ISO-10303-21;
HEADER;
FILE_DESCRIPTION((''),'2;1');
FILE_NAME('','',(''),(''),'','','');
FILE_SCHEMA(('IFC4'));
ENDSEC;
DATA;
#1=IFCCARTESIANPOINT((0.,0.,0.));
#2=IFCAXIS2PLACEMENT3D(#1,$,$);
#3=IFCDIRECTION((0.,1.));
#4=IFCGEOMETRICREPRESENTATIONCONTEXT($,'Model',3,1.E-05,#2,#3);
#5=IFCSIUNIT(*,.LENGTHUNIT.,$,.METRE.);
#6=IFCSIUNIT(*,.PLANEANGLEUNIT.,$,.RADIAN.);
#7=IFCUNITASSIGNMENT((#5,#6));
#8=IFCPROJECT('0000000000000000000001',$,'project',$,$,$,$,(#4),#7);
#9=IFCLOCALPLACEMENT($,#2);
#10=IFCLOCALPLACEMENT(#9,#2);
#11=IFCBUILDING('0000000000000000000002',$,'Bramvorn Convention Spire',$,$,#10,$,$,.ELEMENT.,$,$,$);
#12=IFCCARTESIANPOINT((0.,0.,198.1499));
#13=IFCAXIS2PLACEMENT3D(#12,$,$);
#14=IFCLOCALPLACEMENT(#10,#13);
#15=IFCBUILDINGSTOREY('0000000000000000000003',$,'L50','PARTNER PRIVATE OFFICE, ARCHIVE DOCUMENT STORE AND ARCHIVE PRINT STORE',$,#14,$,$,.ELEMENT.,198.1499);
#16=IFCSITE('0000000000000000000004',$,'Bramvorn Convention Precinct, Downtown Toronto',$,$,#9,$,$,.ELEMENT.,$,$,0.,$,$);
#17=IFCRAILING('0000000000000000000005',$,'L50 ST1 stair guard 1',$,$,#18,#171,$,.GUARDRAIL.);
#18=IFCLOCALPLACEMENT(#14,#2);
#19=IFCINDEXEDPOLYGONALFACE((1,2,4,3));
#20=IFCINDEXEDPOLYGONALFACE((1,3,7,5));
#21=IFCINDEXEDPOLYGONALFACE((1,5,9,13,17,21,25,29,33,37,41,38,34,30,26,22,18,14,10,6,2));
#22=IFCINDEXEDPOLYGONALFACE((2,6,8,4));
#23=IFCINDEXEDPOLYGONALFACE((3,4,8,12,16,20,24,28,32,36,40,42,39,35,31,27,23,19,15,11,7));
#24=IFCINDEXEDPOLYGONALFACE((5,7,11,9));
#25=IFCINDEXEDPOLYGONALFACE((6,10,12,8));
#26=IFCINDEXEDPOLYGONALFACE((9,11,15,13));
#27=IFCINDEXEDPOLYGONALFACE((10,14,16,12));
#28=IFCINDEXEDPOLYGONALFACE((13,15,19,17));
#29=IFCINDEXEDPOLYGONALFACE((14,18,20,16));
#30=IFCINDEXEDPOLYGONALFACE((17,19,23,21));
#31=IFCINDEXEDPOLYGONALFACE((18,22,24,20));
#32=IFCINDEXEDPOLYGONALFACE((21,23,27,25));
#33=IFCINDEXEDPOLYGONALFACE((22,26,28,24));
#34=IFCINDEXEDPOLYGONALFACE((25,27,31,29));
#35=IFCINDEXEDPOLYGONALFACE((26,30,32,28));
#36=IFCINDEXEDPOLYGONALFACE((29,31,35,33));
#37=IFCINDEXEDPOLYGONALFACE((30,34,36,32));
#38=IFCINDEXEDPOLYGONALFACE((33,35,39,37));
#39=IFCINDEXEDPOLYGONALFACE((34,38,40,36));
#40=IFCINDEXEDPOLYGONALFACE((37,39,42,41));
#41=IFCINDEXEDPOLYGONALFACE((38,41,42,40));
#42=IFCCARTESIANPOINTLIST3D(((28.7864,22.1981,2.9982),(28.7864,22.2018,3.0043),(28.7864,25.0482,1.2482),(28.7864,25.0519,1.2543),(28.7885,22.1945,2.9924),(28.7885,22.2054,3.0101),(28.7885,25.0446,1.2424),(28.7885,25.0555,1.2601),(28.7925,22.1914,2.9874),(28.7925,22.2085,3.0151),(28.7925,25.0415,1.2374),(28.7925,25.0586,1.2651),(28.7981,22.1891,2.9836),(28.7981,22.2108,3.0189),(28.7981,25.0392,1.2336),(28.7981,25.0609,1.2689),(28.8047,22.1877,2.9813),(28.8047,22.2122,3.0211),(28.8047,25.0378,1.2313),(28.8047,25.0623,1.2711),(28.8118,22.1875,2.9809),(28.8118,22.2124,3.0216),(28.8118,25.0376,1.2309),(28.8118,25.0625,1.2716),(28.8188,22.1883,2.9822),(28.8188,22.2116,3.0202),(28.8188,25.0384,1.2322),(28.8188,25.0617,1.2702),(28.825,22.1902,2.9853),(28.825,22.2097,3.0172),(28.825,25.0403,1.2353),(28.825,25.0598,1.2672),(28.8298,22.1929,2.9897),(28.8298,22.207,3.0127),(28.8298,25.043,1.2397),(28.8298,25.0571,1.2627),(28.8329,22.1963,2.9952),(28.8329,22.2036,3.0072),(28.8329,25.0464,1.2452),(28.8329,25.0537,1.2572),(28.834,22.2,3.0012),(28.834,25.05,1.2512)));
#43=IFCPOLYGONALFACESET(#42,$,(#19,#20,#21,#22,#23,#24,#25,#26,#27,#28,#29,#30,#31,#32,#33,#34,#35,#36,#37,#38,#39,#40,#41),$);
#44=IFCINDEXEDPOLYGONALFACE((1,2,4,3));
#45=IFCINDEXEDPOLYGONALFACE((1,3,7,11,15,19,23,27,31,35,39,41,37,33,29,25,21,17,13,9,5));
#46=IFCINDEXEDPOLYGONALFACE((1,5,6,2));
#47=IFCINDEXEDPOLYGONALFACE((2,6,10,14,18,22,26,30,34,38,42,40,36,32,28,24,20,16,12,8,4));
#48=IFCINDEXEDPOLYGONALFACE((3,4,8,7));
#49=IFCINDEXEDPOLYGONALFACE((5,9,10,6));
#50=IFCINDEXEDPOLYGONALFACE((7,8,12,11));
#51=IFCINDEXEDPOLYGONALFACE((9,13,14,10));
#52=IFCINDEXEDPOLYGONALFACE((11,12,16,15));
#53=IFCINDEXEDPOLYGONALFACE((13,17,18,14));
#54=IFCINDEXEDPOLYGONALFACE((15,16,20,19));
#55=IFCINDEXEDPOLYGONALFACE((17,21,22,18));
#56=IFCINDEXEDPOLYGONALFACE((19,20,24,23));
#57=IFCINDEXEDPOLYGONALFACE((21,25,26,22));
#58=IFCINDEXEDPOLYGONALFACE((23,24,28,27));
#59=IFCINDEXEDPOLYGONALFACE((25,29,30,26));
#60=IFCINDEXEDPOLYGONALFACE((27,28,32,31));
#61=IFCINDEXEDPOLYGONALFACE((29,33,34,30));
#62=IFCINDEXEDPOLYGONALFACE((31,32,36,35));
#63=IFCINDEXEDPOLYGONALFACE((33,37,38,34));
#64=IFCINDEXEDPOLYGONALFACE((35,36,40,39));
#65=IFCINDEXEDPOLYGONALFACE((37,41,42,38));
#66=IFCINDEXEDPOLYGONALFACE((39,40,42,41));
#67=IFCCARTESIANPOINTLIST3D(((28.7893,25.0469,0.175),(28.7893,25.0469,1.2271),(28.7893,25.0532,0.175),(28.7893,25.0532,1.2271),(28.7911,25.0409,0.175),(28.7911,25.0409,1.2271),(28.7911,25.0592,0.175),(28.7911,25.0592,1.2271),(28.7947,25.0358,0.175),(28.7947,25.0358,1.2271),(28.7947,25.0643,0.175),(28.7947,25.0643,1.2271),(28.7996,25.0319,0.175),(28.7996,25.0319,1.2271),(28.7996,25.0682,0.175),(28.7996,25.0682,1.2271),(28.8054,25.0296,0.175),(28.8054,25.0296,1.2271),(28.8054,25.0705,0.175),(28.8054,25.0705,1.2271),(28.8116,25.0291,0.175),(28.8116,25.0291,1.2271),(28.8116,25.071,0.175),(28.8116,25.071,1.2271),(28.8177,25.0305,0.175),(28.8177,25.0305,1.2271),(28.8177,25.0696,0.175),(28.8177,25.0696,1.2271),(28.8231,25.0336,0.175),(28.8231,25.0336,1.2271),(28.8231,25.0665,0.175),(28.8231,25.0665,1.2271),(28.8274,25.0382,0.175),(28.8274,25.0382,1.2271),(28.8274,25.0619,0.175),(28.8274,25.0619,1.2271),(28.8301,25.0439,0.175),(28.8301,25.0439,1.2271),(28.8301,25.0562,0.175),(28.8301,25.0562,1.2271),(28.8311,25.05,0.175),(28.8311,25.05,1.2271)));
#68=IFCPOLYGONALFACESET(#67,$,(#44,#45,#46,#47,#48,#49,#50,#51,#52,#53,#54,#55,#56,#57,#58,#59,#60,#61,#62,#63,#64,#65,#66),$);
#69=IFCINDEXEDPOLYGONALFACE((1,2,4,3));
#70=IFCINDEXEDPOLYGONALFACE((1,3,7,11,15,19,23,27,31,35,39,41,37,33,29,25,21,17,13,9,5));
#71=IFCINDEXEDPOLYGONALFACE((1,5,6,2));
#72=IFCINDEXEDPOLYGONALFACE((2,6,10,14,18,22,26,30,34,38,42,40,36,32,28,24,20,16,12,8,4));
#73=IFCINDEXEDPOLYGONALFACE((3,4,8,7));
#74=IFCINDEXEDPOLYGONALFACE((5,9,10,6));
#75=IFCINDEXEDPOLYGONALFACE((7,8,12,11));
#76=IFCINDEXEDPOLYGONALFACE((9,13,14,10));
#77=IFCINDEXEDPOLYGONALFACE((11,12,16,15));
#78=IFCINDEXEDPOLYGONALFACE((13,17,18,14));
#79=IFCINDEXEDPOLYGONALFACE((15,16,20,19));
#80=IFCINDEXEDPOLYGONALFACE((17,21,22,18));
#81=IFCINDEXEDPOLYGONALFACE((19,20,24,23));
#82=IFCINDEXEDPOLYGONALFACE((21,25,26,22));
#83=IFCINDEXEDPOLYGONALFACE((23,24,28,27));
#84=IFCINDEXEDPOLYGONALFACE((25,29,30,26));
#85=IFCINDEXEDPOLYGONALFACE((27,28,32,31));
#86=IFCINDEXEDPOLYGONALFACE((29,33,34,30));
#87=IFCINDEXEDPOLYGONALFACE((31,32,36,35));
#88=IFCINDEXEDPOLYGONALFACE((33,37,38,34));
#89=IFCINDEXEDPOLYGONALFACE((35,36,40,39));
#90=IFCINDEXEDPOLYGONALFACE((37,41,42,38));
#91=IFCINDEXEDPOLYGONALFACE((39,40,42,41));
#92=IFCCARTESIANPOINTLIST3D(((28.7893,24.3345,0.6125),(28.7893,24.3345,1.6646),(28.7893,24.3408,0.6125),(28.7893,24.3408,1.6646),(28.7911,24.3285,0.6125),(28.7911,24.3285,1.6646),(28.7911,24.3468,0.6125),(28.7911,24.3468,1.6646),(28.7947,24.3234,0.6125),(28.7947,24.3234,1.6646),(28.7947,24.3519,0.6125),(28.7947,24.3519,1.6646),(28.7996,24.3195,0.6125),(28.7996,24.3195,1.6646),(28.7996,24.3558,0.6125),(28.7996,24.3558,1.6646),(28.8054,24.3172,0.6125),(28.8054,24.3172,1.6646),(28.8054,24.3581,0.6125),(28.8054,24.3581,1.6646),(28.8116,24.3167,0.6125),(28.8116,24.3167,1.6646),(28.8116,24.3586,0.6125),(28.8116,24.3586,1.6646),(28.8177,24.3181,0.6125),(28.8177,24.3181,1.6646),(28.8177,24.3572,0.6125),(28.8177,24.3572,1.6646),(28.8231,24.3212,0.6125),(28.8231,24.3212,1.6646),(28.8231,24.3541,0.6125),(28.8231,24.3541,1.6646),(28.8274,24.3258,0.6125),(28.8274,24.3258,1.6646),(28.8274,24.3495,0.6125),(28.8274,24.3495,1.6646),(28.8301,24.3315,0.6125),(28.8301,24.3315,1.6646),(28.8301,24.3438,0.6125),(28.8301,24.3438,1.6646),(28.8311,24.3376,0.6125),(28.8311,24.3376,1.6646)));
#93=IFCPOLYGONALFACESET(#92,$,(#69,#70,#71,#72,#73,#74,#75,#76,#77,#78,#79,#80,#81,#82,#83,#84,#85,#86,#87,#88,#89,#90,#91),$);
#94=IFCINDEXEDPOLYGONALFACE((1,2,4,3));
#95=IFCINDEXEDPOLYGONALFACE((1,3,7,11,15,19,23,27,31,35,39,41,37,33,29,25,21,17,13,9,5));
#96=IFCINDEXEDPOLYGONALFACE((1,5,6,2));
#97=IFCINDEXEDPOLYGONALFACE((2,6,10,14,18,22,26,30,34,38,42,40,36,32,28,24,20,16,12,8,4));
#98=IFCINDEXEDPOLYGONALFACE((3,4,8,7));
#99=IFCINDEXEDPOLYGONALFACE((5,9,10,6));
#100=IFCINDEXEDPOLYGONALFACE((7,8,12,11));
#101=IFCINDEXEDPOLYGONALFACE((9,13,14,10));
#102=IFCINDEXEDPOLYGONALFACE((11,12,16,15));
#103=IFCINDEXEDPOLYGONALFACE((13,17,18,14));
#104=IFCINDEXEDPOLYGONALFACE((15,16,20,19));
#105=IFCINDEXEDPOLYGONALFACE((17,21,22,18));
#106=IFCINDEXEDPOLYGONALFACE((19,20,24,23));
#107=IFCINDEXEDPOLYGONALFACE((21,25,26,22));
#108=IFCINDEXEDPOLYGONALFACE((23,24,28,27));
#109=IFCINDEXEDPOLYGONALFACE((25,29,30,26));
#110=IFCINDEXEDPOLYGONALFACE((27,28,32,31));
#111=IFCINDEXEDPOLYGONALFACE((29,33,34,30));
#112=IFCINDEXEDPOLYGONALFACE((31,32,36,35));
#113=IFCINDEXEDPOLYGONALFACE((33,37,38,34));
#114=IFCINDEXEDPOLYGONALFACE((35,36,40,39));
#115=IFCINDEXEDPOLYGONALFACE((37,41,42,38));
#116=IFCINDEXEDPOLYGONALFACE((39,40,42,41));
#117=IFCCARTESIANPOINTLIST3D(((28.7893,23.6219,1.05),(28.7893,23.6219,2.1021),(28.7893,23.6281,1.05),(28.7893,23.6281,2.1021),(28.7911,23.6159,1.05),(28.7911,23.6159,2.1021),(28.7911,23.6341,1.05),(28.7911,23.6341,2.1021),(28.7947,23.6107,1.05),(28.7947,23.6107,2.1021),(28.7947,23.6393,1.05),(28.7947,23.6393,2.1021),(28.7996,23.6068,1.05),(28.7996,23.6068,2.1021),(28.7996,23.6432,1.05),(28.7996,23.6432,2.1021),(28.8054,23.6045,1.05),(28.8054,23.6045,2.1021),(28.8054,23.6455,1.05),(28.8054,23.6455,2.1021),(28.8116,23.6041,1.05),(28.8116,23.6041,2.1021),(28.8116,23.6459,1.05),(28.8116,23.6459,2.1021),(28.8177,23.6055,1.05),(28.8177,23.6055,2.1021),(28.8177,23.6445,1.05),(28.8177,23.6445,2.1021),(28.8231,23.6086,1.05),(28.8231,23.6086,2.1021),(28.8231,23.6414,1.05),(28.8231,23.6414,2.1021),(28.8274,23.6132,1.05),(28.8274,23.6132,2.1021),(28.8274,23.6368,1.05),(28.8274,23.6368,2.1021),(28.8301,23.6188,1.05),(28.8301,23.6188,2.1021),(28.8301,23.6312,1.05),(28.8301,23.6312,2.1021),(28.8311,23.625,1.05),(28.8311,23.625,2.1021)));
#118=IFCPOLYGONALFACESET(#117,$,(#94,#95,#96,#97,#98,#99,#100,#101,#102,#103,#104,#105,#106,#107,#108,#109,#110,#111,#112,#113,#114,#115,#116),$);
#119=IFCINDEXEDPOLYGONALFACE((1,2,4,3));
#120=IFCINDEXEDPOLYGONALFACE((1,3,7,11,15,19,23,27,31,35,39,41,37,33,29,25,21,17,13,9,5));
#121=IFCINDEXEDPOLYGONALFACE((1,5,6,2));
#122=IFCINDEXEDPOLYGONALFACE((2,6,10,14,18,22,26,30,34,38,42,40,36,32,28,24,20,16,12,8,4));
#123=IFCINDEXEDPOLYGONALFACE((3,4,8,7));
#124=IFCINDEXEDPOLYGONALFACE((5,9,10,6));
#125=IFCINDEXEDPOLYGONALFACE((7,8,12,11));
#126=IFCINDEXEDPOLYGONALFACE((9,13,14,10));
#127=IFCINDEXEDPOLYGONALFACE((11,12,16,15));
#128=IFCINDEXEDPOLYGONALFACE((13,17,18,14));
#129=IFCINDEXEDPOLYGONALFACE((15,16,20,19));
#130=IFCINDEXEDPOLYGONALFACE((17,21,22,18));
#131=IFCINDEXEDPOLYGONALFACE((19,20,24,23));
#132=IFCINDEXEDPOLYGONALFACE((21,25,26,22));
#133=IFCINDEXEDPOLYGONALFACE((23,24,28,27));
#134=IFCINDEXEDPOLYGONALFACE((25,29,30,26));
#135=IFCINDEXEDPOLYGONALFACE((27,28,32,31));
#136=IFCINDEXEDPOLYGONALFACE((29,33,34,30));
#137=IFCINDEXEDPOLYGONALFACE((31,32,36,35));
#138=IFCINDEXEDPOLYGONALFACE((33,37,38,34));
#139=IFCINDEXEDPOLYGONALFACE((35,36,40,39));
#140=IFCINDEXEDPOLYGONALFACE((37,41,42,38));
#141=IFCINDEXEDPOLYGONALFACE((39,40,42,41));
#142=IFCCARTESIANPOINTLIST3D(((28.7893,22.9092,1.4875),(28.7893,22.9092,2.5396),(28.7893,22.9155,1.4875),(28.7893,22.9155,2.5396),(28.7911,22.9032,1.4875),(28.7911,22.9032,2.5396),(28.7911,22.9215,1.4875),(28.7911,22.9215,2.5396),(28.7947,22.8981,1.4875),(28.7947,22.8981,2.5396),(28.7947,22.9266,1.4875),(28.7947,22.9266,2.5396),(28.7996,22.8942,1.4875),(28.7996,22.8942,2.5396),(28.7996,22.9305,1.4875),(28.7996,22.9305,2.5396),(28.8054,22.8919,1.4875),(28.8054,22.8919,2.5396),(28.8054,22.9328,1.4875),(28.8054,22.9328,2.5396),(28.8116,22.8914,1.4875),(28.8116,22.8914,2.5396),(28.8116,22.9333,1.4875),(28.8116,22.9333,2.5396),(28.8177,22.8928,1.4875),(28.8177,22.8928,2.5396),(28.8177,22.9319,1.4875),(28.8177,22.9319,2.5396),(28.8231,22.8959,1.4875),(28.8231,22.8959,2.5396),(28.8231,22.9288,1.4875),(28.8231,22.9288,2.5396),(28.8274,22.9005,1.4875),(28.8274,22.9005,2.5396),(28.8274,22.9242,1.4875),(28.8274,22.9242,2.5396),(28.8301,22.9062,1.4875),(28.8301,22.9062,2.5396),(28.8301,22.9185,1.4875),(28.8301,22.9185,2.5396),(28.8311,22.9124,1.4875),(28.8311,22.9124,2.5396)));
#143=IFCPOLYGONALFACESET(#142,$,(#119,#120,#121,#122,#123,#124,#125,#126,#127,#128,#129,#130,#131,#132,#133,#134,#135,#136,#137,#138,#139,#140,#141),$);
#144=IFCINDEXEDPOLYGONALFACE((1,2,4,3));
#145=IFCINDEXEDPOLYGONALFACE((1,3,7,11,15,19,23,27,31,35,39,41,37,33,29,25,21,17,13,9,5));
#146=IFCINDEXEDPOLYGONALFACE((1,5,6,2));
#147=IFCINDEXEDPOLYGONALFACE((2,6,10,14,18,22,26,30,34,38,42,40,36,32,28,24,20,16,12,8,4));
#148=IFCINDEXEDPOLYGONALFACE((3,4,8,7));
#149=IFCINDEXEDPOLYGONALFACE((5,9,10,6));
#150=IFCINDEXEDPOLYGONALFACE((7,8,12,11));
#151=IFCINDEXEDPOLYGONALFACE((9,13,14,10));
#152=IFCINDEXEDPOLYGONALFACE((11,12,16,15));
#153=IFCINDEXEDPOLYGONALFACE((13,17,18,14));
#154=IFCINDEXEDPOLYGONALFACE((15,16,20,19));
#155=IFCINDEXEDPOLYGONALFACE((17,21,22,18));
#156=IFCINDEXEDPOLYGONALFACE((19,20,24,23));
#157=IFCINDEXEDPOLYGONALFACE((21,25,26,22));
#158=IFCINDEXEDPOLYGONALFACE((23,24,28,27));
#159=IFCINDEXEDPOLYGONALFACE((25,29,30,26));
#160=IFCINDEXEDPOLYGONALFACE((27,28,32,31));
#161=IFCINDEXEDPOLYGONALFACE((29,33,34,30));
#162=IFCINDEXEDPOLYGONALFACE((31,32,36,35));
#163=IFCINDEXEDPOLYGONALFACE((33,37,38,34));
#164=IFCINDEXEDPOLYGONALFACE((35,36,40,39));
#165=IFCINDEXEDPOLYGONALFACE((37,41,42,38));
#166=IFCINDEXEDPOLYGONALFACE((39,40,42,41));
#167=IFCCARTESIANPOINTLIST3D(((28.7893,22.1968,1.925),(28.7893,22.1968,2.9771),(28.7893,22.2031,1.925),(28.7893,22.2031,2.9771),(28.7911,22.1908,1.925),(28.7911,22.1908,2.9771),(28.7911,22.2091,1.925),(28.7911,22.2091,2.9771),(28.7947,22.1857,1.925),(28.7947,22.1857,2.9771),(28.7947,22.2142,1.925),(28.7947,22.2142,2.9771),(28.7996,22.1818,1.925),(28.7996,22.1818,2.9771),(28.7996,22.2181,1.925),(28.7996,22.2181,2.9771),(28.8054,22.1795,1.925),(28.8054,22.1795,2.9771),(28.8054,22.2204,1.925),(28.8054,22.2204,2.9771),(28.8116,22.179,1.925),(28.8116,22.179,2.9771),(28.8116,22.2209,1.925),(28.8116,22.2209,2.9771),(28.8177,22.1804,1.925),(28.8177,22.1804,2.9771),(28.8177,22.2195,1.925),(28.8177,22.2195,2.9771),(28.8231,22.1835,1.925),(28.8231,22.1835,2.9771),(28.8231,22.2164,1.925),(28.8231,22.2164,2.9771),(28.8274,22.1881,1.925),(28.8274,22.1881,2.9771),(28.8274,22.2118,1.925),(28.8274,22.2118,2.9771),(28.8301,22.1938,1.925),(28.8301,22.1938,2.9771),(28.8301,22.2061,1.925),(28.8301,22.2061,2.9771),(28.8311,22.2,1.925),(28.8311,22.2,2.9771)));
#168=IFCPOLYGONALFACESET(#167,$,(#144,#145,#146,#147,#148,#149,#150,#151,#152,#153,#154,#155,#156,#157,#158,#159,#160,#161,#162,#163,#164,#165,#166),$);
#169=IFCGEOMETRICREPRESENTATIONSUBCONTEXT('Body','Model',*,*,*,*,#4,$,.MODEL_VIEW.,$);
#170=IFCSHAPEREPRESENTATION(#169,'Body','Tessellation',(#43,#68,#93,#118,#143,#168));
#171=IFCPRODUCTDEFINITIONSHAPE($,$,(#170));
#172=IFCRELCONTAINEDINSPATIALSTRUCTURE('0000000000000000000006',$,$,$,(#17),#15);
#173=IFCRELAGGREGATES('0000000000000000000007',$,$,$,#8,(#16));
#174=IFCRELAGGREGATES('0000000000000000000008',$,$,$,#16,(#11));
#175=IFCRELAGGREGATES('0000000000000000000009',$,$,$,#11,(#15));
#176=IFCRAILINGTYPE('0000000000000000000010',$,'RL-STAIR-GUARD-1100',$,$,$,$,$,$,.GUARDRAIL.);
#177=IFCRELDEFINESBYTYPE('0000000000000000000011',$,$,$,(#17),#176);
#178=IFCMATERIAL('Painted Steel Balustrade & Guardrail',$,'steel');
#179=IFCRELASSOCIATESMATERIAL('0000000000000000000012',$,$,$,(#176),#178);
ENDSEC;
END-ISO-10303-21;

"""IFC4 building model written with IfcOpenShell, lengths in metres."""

from ifc_helpers import new_model, si_unit, direction, frame, origin, origin_2d, place, context, subcontext, project, spatial, circle, extrude, material, type_object, element, save


model = new_model("IFC4")

# Units and contexts
model_context = context("Model", 3, precision=1e-05, world=origin(), true_north=direction((0.0, 1.0)))
body_context = subcontext(model_context, "Body", "Model", "MODEL_VIEW")
ifc_project = project(units=[si_unit("LENGTHUNIT", "METRE"), si_unit("PLANEANGLEUNIT", "RADIAN")], contexts=[model_context])

# Site, building, storey
site_placement = place(None, origin())
site = spatial("IfcSite", under=ifc_project, at=site_placement, Name="Bramvorn Convention Precinct, Downtown Toronto", CompositionType="ELEMENT", RefElevation=0.0)
building_placement = place(site_placement, origin())
building = spatial("IfcBuilding", under=site, at=building_placement, Name="Bramvorn Convention Spire", CompositionType="ELEMENT")
storey_placement = place(building_placement, frame((0.0, 0.0, 198.1499)))
storey = spatial("IfcBuildingStorey", under=building, at=storey_placement, Name="L50", Description="PARTNER PRIVATE OFFICE, ARCHIVE DOCUMENT STORE AND ARCHIVE PRINT STORE", CompositionType="ELEMENT", Elevation=198.1499)

# Railing
ifc_material_1 = material(Name="Painted Steel Balustrade & Guardrail", Category="steel")
railing_type_1 = type_object("IfcRailingType", Name="RL-STAIR-GUARD-1100", PredefinedType="GUARDRAIL", material=ifc_material_1)
railing_1_placement = place(storey_placement, frame((28.8101, 25.05, 0.175)))
element("IfcRailing", 1, at=railing_1_placement, inside=storey, type_object=railing_type_1, Name="L50 ST1 stair guard 1", PredefinedType="GUARDRAIL", context=body_context, shape_type="SweptSolid", body=[
    extrude(circle(Radius=0.0239, at=origin_2d()), frame((0.0, 0.0, 1.0762), z_axis=(0.0, -0.852179, 0.52325), x_axis=(1.0, 0.0, 0.0)), (0.0, 0.0, 1.0), 3.3445),
    extrude(circle(Radius=0.021, at=origin_2d()), origin(), (0.0, 0.0, 1.0), 1.052),
    extrude(circle(Radius=0.021, at=origin_2d()), frame((0.0, -0.7124, 0.4375)), (0.0, 0.0, 1.0), 1.052),
    extrude(circle(Radius=0.021, at=origin_2d()), frame((0.0, -1.425, 0.875)), (0.0, 0.0, 1.0), 1.052),
    extrude(circle(Radius=0.021, at=origin_2d()), frame((0.0, -2.1377, 1.3125)), (0.0, 0.0, 1.0), 1.052),
    extrude(circle(Radius=0.021, at=origin_2d()), frame((0.0, -2.8501, 1.75)), (0.0, 0.0, 1.0), 1.052),
])

save(model, "model.ifc")
